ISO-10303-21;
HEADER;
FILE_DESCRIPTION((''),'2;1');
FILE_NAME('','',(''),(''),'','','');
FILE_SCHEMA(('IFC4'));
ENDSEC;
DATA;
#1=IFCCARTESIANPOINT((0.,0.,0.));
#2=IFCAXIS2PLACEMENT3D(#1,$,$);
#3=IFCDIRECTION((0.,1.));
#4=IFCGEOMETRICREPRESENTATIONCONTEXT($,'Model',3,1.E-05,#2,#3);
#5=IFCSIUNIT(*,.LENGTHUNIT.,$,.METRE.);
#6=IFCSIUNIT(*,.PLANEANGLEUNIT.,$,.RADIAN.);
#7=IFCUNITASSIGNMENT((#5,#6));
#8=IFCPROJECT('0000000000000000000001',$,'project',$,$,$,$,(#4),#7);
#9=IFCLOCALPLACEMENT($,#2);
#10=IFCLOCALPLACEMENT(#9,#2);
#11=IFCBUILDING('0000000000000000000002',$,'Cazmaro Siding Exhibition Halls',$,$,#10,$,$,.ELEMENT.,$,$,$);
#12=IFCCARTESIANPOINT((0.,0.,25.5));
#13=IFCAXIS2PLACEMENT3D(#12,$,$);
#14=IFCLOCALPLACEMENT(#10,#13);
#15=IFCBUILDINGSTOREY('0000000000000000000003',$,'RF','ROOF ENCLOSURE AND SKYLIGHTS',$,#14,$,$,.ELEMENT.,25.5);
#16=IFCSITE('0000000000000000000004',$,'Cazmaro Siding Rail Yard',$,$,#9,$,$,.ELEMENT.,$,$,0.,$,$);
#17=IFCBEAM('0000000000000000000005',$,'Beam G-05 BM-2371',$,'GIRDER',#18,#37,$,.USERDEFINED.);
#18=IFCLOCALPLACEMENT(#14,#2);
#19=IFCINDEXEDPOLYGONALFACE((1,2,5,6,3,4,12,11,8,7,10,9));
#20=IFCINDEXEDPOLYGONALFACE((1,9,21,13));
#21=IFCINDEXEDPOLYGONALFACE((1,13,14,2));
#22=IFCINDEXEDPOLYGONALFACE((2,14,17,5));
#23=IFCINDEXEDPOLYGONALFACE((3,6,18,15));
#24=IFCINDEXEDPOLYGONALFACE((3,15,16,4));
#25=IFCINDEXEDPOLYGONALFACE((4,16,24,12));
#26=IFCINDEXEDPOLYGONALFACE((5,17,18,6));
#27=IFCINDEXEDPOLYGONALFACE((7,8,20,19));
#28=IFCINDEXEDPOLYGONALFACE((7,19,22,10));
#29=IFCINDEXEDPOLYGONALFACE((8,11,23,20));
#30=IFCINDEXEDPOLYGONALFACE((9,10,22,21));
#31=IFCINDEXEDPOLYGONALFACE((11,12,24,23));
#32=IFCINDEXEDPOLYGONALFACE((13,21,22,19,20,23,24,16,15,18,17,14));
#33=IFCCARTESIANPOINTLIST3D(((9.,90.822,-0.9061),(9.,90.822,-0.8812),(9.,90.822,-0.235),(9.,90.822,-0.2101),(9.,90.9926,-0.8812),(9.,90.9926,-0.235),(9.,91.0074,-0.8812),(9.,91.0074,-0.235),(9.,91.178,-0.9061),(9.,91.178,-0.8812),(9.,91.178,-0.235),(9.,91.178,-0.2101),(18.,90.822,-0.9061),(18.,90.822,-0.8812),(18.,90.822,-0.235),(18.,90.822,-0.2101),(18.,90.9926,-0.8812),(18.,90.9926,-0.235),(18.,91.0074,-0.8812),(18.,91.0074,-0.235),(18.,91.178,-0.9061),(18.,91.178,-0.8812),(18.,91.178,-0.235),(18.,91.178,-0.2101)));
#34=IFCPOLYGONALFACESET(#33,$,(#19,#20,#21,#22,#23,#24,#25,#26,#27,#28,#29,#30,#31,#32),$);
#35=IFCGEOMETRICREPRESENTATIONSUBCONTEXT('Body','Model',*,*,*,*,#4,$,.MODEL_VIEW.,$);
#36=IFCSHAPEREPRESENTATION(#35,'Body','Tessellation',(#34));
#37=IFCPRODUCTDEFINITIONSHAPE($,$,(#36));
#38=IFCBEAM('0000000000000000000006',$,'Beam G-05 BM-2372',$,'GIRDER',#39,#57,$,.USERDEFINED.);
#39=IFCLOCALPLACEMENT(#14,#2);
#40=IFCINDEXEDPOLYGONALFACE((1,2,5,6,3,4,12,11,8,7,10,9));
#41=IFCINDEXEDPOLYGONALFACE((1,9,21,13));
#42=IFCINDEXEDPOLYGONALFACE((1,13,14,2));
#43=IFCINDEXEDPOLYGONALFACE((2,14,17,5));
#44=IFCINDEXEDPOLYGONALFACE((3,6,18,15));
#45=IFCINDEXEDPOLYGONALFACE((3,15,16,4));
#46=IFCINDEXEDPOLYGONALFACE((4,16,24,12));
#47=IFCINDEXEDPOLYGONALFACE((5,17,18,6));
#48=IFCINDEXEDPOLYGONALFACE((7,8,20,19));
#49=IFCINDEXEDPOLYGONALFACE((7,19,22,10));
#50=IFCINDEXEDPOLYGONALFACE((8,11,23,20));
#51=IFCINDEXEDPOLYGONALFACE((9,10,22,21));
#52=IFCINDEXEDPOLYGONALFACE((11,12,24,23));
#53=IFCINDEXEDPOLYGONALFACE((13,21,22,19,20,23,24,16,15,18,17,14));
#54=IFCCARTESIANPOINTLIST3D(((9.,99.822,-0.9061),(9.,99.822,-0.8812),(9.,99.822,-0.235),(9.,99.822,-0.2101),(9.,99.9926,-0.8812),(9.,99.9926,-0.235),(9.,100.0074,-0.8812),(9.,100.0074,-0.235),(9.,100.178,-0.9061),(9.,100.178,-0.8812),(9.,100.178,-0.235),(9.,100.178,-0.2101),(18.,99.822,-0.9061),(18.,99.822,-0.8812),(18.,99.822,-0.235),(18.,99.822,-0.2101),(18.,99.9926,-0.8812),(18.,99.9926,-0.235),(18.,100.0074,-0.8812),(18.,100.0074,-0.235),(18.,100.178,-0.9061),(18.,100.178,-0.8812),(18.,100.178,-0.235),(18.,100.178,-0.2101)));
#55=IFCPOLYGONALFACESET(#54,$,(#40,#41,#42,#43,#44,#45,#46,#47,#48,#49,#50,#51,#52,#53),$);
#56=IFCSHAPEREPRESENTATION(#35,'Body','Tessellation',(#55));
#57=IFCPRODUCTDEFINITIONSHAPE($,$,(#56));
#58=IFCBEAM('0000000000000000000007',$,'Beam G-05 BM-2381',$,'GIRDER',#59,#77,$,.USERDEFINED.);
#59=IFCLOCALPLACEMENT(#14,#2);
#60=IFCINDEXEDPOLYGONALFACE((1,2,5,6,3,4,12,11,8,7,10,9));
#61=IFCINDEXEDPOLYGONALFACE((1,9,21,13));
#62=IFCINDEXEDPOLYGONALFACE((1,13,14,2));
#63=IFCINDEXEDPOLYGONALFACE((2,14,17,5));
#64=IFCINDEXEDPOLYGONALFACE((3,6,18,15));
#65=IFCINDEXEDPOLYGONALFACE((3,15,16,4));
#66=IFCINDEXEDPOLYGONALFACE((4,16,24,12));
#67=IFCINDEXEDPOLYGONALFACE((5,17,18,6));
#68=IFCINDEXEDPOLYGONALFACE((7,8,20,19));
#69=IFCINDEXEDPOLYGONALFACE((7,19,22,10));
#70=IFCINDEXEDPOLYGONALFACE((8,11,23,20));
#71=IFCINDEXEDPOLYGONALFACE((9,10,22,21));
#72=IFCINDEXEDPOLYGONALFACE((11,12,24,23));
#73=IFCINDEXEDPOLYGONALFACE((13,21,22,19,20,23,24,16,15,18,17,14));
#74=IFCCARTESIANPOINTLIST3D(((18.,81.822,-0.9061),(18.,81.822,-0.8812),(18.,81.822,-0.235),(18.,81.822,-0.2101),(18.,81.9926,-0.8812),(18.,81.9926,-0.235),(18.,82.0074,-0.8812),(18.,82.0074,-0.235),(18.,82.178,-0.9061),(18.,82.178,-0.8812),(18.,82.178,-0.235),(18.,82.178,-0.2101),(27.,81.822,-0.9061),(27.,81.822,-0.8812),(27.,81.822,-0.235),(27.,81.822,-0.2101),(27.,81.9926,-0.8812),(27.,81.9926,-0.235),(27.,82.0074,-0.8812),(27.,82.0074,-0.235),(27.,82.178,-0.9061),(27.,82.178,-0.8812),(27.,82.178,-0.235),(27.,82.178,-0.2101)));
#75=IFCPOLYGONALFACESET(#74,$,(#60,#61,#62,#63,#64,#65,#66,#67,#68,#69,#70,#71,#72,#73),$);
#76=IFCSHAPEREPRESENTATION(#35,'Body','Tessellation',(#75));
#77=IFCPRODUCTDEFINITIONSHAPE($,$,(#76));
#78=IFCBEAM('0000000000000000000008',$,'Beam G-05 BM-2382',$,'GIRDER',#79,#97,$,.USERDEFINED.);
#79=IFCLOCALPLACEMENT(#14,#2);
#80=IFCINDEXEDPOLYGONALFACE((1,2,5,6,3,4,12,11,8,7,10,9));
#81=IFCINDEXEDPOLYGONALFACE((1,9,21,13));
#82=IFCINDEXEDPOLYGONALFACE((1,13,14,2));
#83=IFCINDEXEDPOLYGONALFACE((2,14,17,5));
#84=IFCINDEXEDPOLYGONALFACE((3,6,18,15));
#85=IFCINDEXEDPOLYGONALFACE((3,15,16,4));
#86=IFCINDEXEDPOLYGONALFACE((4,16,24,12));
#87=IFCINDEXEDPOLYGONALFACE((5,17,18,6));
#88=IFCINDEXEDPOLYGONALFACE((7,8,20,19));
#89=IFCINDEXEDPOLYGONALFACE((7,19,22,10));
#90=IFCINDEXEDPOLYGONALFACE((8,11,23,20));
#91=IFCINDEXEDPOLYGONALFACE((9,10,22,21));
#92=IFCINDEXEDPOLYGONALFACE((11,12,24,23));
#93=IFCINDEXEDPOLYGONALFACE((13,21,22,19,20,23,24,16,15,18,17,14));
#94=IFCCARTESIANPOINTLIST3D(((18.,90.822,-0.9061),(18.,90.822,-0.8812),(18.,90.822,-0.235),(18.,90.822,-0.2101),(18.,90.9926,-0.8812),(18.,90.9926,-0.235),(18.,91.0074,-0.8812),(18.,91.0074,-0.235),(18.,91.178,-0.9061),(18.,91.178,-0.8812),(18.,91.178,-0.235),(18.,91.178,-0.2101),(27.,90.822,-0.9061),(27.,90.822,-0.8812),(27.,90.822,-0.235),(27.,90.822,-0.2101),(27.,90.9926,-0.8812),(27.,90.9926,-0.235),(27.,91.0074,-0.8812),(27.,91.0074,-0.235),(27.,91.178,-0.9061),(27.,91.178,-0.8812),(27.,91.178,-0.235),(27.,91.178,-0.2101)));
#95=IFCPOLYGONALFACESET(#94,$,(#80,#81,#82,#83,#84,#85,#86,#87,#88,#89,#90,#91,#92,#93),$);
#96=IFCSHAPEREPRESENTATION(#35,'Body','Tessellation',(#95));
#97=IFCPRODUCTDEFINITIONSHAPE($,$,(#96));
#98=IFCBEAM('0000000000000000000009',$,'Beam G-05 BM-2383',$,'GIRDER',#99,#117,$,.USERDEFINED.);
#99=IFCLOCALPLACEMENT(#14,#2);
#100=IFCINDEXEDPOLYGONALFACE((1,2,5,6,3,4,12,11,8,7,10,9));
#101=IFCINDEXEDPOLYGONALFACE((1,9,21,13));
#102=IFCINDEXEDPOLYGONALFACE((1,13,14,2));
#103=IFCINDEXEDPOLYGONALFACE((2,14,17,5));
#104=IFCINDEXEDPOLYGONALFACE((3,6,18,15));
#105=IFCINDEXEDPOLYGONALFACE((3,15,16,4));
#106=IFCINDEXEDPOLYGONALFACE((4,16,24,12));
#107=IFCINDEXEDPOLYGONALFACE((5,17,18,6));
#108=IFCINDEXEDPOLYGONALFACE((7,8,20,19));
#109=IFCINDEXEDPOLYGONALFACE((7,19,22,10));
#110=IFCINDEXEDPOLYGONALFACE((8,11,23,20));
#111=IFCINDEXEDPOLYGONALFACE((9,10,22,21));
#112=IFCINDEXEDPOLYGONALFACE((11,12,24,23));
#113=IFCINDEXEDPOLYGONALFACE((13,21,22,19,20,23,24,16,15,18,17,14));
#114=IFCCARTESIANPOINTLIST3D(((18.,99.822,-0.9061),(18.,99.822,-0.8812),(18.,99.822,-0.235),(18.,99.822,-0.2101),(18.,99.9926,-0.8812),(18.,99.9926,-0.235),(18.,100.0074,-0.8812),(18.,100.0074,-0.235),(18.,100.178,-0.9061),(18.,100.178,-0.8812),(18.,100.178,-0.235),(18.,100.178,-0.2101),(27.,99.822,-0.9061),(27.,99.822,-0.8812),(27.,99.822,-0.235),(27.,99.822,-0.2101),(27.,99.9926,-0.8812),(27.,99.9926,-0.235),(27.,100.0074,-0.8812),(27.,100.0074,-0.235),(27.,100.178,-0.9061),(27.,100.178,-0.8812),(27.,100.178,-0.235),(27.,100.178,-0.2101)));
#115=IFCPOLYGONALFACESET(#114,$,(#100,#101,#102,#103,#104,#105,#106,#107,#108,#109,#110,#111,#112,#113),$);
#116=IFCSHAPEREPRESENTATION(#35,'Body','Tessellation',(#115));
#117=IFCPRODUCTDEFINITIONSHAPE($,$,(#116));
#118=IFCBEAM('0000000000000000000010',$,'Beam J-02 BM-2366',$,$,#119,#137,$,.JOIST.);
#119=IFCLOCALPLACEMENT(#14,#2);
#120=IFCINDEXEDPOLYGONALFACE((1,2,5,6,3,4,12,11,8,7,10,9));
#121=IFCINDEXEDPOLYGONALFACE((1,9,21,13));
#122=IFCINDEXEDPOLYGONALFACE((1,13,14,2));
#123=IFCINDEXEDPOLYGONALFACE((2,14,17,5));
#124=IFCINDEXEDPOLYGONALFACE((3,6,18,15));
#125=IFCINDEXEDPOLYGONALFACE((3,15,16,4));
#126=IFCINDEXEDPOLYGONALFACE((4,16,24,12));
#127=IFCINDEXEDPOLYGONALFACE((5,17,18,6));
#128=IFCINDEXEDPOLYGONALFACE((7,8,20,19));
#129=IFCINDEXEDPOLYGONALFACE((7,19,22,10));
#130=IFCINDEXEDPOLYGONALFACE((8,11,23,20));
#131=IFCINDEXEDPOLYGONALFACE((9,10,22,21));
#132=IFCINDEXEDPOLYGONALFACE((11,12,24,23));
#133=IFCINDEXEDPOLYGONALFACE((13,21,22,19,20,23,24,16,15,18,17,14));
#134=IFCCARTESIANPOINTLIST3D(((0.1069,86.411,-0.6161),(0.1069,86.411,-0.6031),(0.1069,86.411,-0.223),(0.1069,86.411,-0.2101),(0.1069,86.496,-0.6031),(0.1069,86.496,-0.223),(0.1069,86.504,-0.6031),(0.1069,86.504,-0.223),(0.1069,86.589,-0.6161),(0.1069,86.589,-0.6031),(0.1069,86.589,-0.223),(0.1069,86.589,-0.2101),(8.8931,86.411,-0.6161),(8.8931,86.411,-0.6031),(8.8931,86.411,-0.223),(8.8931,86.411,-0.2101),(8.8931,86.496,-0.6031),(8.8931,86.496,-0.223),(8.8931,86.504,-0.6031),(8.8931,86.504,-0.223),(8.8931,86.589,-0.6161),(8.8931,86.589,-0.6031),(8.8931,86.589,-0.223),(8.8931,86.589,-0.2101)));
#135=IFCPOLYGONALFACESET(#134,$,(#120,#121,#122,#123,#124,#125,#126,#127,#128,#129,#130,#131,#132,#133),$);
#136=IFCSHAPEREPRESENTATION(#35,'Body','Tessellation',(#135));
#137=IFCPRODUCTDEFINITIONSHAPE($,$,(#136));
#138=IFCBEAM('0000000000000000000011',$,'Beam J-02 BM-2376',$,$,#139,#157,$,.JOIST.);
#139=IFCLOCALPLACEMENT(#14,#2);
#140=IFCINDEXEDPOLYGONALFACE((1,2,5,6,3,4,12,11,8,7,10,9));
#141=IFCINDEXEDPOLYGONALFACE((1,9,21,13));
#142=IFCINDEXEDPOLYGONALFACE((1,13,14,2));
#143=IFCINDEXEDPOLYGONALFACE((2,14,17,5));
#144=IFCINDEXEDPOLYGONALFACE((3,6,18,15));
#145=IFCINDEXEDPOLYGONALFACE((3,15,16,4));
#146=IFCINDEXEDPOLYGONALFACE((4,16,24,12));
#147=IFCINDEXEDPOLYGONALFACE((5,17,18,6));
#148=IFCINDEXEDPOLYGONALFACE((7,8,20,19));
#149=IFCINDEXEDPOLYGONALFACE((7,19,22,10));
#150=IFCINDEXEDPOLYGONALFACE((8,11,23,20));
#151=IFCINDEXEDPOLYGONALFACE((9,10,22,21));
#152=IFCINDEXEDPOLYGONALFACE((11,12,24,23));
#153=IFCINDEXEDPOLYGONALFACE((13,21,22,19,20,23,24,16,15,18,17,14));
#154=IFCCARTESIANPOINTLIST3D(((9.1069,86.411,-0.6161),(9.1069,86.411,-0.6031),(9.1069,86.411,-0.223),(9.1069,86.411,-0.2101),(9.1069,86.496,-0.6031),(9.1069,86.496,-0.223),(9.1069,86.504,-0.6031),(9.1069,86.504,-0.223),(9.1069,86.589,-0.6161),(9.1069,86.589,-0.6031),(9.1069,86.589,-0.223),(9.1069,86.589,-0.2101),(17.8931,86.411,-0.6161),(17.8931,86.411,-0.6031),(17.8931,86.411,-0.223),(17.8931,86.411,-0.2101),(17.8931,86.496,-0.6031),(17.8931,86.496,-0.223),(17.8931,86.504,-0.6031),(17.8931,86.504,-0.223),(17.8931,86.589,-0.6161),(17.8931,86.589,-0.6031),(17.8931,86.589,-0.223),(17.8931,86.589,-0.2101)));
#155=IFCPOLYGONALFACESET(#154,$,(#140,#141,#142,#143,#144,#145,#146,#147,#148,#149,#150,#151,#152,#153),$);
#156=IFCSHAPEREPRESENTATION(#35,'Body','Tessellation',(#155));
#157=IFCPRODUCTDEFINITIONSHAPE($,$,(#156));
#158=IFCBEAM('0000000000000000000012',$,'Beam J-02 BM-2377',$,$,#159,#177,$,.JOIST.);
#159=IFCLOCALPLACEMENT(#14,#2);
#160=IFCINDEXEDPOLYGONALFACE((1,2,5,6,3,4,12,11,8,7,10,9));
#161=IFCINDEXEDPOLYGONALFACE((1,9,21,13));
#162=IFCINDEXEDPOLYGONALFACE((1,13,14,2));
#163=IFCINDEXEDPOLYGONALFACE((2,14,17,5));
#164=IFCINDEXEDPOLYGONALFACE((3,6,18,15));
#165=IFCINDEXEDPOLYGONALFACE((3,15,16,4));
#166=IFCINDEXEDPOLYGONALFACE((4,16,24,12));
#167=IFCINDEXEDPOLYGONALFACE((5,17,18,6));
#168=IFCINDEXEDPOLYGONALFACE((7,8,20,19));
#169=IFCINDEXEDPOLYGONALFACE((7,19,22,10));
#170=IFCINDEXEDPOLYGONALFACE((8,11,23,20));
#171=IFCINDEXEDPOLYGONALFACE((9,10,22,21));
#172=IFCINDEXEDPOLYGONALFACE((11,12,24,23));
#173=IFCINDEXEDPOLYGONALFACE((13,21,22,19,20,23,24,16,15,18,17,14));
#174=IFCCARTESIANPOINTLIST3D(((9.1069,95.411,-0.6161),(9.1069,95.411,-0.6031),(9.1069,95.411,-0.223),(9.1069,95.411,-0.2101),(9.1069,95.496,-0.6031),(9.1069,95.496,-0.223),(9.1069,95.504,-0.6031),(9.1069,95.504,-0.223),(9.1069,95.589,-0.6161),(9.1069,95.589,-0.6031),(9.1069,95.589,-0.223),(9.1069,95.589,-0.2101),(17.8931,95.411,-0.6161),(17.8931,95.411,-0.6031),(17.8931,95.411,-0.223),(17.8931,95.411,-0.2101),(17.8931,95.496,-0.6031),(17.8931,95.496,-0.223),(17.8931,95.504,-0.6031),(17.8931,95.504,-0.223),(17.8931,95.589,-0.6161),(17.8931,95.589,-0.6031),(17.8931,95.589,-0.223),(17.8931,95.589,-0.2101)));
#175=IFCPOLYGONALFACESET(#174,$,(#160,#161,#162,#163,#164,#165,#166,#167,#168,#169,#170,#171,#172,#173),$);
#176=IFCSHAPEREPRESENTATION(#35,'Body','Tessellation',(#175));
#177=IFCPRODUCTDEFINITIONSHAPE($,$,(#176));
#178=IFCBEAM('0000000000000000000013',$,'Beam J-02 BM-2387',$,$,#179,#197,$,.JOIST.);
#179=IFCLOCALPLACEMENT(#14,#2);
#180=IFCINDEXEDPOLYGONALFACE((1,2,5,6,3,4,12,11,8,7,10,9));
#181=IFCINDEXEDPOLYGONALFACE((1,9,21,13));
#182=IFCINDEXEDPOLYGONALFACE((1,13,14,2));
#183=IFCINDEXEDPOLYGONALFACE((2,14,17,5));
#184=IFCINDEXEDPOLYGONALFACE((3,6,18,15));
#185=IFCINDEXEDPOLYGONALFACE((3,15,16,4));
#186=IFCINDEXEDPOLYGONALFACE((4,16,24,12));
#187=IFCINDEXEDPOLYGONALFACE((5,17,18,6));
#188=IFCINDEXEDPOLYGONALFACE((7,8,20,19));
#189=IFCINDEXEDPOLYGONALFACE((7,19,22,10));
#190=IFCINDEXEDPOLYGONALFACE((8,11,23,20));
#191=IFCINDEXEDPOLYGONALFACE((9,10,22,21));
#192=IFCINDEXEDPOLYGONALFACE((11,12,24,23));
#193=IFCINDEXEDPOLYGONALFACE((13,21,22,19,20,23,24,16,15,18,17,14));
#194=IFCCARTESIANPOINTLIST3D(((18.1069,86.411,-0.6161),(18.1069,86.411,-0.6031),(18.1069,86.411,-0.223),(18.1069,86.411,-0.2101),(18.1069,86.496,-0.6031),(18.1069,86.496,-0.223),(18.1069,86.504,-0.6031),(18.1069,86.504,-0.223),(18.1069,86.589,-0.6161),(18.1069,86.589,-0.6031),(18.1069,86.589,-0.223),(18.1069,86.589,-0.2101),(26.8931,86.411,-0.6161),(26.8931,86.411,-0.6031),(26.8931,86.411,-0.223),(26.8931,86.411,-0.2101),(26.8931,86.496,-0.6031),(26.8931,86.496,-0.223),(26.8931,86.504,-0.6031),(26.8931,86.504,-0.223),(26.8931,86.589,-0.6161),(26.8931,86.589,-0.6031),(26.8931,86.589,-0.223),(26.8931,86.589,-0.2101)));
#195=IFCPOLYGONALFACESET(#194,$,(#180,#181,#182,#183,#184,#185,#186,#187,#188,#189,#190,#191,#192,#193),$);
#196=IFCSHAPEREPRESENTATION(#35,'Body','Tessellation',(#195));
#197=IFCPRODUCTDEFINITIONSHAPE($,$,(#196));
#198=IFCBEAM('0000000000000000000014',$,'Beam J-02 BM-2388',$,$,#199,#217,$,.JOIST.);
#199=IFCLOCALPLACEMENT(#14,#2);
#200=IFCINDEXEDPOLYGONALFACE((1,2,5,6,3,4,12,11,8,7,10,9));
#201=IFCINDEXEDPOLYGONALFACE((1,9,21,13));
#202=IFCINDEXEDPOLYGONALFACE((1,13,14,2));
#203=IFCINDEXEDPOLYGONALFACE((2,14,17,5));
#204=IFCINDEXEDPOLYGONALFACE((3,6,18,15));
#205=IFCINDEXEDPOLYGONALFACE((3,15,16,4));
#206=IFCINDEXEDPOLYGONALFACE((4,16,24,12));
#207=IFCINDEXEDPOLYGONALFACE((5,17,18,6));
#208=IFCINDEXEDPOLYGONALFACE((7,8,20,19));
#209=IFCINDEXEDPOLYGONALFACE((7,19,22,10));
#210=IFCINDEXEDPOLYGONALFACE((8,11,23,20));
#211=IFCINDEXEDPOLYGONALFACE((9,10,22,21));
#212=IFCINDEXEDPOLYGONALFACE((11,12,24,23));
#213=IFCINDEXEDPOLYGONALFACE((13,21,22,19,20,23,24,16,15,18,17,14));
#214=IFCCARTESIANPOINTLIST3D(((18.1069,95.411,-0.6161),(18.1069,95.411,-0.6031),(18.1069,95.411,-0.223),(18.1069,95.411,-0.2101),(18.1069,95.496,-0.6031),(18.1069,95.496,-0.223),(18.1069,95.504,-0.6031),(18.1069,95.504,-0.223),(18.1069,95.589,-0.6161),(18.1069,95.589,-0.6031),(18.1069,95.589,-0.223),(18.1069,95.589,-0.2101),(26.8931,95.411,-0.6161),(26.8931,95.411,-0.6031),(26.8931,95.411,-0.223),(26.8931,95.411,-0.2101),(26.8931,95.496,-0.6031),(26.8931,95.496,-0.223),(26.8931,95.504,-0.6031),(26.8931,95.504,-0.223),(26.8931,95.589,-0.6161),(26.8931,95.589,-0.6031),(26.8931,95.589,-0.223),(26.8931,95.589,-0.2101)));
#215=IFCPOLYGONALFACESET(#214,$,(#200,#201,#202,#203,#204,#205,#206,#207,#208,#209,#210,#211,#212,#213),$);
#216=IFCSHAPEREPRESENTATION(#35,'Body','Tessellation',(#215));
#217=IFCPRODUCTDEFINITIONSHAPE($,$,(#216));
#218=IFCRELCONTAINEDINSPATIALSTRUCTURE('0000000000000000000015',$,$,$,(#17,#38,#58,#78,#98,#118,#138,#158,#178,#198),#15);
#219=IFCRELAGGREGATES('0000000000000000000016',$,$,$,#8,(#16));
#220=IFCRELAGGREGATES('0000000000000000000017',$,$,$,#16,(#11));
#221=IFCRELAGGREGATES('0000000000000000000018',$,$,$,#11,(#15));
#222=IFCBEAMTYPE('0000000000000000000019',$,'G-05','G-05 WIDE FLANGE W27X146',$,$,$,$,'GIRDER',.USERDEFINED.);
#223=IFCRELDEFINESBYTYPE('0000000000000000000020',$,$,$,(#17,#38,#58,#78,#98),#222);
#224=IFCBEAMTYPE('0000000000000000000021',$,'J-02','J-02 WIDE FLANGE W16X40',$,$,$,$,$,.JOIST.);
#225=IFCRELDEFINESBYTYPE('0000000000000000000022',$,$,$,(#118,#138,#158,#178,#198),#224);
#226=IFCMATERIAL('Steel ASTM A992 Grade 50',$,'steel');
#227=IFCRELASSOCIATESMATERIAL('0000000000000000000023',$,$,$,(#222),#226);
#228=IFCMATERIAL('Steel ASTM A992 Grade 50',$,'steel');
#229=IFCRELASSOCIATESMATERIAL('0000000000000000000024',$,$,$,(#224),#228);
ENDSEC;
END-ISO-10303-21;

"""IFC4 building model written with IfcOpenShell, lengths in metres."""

from ifc_helpers import new_model, si_unit, direction, frame, origin, origin_2d, place, context, subcontext, project, spatial, i_section, extrude, material, material_profile, profile_set, type_object, element, save


model = new_model("IFC4")

# Units and contexts
model_context = context("Model", 3, precision=1e-05, world=origin(), true_north=direction((0.0, 1.0)))
body_context = subcontext(model_context, "Body", "Model", "MODEL_VIEW")
ifc_project = project(units=[si_unit("LENGTHUNIT", "METRE"), si_unit("PLANEANGLEUNIT", "RADIAN")], contexts=[model_context])

# Site, building, storey
site_placement = place(None, origin())
site = spatial("IfcSite", under=ifc_project, at=site_placement, Name="Cazmaro Siding Rail Yard", CompositionType="ELEMENT", RefElevation=0.0)
building_placement = place(site_placement, origin())
building = spatial("IfcBuilding", under=site, at=building_placement, Name="Cazmaro Siding Exhibition Halls", CompositionType="ELEMENT")
storey_placement = place(building_placement, frame((0.0, 0.0, 25.5)))
storey = spatial("IfcBuildingStorey", under=building, at=storey_placement, Name="RF", Description="ROOF ENCLOSURE AND SKYLIGHTS", CompositionType="ELEMENT", Elevation=25.5)

# Beams
ifc_material_1 = material(Name="Steel ASTM A992 Grade 50", Category="steel")
ifc_material_profile_1 = material_profile(ifc_material_1, i_section(OverallWidth=0.356, OverallDepth=0.696, WebThickness=0.0149, FlangeThickness=0.0249, at=origin_2d()), Name="W27X146")
ifc_profile_set_1 = profile_set([ifc_material_profile_1], Name="Steel ASTM A992 Grade 50")
beam_type_1 = type_object("IfcBeamType", Name="G-05", Description="G-05 WIDE FLANGE W27X146", ElementType="GIRDER", PredefinedType="USERDEFINED", material=ifc_profile_set_1)
for number, where, z_axis, x_axis, name in (
    (1, (9.0, 91.0, -0.5581), (1.0, 0.0, 0.0), (0.0, 1.0, 0.0), "Beam G-05 BM-2371"),
    (2, (9.0, 100.0, -0.5581), (1.0, 0.0, 0.0), (0.0, 1.0, 0.0), "Beam G-05 BM-2372"),
    (3, (18.0, 82.0, -0.5581), (1.0, 0.0, 0.0), (0.0, 1.0, 0.0), "Beam G-05 BM-2381"),
    (4, (18.0, 91.0, -0.5581), (1.0, 0.0, 0.0), (0.0, 1.0, 0.0), "Beam G-05 BM-2382"),
    (5, (18.0, 100.0, -0.5581), (1.0, 0.0, 0.0), (0.0, 1.0, 0.0), "Beam G-05 BM-2383"),
):
    element("IfcBeam", number, at=place(storey_placement, frame(where, z_axis=z_axis, x_axis=x_axis)), inside=storey, type_object=beam_type_1, Name=name, ObjectType="GIRDER", PredefinedType="USERDEFINED", context=body_context, shape_type="SweptSolid", body=[
        extrude(i_section(OverallWidth=0.356, OverallDepth=0.696, WebThickness=0.0149, FlangeThickness=0.0249, at=origin_2d()), origin(), (0.0, 0.0, 1.0), 9.0),
    ])
ifc_material_2 = material(Name="Steel ASTM A992 Grade 50", Category="steel")
ifc_material_profile_2 = material_profile(ifc_material_2, i_section(OverallWidth=0.178, OverallDepth=0.406, WebThickness=0.0081, FlangeThickness=0.0129, at=origin_2d()), Name="W16X40")
ifc_profile_set_2 = profile_set([ifc_material_profile_2], Name="Steel ASTM A992 Grade 50")
beam_type_2 = type_object("IfcBeamType", Name="J-02", Description="J-02 WIDE FLANGE W16X40", PredefinedType="JOIST", material=ifc_profile_set_2)
for number, where, z_axis, x_axis, name in (
    (6, (0.1069, 86.5, -0.4131), (1.0, 0.0, 0.0), (0.0, 1.0, 0.0), "Beam J-02 BM-2366"),
    (7, (9.1069, 86.5, -0.4131), (1.0, 0.0, 0.0), (0.0, 1.0, 0.0), "Beam J-02 BM-2376"),
    (8, (9.1069, 95.5, -0.4131), (1.0, 0.0, 0.0), (0.0, 1.0, 0.0), "Beam J-02 BM-2377"),
    (9, (18.1069, 86.5, -0.4131), (1.0, 0.0, 0.0), (0.0, 1.0, 0.0), "Beam J-02 BM-2387"),
    (10, (18.1069, 95.5, -0.4131), (1.0, 0.0, 0.0), (0.0, 1.0, 0.0), "Beam J-02 BM-2388"),
):
    element("IfcBeam", number, at=place(storey_placement, frame(where, z_axis=z_axis, x_axis=x_axis)), inside=storey, type_object=beam_type_2, Name=name, PredefinedType="JOIST", context=body_context, shape_type="SweptSolid", body=[
        extrude(i_section(OverallWidth=0.178, OverallDepth=0.406, WebThickness=0.0081, FlangeThickness=0.0129, at=origin_2d()), origin(), (0.0, 0.0, 1.0), 8.7861),
    ])

save(model, "model.ifc")
